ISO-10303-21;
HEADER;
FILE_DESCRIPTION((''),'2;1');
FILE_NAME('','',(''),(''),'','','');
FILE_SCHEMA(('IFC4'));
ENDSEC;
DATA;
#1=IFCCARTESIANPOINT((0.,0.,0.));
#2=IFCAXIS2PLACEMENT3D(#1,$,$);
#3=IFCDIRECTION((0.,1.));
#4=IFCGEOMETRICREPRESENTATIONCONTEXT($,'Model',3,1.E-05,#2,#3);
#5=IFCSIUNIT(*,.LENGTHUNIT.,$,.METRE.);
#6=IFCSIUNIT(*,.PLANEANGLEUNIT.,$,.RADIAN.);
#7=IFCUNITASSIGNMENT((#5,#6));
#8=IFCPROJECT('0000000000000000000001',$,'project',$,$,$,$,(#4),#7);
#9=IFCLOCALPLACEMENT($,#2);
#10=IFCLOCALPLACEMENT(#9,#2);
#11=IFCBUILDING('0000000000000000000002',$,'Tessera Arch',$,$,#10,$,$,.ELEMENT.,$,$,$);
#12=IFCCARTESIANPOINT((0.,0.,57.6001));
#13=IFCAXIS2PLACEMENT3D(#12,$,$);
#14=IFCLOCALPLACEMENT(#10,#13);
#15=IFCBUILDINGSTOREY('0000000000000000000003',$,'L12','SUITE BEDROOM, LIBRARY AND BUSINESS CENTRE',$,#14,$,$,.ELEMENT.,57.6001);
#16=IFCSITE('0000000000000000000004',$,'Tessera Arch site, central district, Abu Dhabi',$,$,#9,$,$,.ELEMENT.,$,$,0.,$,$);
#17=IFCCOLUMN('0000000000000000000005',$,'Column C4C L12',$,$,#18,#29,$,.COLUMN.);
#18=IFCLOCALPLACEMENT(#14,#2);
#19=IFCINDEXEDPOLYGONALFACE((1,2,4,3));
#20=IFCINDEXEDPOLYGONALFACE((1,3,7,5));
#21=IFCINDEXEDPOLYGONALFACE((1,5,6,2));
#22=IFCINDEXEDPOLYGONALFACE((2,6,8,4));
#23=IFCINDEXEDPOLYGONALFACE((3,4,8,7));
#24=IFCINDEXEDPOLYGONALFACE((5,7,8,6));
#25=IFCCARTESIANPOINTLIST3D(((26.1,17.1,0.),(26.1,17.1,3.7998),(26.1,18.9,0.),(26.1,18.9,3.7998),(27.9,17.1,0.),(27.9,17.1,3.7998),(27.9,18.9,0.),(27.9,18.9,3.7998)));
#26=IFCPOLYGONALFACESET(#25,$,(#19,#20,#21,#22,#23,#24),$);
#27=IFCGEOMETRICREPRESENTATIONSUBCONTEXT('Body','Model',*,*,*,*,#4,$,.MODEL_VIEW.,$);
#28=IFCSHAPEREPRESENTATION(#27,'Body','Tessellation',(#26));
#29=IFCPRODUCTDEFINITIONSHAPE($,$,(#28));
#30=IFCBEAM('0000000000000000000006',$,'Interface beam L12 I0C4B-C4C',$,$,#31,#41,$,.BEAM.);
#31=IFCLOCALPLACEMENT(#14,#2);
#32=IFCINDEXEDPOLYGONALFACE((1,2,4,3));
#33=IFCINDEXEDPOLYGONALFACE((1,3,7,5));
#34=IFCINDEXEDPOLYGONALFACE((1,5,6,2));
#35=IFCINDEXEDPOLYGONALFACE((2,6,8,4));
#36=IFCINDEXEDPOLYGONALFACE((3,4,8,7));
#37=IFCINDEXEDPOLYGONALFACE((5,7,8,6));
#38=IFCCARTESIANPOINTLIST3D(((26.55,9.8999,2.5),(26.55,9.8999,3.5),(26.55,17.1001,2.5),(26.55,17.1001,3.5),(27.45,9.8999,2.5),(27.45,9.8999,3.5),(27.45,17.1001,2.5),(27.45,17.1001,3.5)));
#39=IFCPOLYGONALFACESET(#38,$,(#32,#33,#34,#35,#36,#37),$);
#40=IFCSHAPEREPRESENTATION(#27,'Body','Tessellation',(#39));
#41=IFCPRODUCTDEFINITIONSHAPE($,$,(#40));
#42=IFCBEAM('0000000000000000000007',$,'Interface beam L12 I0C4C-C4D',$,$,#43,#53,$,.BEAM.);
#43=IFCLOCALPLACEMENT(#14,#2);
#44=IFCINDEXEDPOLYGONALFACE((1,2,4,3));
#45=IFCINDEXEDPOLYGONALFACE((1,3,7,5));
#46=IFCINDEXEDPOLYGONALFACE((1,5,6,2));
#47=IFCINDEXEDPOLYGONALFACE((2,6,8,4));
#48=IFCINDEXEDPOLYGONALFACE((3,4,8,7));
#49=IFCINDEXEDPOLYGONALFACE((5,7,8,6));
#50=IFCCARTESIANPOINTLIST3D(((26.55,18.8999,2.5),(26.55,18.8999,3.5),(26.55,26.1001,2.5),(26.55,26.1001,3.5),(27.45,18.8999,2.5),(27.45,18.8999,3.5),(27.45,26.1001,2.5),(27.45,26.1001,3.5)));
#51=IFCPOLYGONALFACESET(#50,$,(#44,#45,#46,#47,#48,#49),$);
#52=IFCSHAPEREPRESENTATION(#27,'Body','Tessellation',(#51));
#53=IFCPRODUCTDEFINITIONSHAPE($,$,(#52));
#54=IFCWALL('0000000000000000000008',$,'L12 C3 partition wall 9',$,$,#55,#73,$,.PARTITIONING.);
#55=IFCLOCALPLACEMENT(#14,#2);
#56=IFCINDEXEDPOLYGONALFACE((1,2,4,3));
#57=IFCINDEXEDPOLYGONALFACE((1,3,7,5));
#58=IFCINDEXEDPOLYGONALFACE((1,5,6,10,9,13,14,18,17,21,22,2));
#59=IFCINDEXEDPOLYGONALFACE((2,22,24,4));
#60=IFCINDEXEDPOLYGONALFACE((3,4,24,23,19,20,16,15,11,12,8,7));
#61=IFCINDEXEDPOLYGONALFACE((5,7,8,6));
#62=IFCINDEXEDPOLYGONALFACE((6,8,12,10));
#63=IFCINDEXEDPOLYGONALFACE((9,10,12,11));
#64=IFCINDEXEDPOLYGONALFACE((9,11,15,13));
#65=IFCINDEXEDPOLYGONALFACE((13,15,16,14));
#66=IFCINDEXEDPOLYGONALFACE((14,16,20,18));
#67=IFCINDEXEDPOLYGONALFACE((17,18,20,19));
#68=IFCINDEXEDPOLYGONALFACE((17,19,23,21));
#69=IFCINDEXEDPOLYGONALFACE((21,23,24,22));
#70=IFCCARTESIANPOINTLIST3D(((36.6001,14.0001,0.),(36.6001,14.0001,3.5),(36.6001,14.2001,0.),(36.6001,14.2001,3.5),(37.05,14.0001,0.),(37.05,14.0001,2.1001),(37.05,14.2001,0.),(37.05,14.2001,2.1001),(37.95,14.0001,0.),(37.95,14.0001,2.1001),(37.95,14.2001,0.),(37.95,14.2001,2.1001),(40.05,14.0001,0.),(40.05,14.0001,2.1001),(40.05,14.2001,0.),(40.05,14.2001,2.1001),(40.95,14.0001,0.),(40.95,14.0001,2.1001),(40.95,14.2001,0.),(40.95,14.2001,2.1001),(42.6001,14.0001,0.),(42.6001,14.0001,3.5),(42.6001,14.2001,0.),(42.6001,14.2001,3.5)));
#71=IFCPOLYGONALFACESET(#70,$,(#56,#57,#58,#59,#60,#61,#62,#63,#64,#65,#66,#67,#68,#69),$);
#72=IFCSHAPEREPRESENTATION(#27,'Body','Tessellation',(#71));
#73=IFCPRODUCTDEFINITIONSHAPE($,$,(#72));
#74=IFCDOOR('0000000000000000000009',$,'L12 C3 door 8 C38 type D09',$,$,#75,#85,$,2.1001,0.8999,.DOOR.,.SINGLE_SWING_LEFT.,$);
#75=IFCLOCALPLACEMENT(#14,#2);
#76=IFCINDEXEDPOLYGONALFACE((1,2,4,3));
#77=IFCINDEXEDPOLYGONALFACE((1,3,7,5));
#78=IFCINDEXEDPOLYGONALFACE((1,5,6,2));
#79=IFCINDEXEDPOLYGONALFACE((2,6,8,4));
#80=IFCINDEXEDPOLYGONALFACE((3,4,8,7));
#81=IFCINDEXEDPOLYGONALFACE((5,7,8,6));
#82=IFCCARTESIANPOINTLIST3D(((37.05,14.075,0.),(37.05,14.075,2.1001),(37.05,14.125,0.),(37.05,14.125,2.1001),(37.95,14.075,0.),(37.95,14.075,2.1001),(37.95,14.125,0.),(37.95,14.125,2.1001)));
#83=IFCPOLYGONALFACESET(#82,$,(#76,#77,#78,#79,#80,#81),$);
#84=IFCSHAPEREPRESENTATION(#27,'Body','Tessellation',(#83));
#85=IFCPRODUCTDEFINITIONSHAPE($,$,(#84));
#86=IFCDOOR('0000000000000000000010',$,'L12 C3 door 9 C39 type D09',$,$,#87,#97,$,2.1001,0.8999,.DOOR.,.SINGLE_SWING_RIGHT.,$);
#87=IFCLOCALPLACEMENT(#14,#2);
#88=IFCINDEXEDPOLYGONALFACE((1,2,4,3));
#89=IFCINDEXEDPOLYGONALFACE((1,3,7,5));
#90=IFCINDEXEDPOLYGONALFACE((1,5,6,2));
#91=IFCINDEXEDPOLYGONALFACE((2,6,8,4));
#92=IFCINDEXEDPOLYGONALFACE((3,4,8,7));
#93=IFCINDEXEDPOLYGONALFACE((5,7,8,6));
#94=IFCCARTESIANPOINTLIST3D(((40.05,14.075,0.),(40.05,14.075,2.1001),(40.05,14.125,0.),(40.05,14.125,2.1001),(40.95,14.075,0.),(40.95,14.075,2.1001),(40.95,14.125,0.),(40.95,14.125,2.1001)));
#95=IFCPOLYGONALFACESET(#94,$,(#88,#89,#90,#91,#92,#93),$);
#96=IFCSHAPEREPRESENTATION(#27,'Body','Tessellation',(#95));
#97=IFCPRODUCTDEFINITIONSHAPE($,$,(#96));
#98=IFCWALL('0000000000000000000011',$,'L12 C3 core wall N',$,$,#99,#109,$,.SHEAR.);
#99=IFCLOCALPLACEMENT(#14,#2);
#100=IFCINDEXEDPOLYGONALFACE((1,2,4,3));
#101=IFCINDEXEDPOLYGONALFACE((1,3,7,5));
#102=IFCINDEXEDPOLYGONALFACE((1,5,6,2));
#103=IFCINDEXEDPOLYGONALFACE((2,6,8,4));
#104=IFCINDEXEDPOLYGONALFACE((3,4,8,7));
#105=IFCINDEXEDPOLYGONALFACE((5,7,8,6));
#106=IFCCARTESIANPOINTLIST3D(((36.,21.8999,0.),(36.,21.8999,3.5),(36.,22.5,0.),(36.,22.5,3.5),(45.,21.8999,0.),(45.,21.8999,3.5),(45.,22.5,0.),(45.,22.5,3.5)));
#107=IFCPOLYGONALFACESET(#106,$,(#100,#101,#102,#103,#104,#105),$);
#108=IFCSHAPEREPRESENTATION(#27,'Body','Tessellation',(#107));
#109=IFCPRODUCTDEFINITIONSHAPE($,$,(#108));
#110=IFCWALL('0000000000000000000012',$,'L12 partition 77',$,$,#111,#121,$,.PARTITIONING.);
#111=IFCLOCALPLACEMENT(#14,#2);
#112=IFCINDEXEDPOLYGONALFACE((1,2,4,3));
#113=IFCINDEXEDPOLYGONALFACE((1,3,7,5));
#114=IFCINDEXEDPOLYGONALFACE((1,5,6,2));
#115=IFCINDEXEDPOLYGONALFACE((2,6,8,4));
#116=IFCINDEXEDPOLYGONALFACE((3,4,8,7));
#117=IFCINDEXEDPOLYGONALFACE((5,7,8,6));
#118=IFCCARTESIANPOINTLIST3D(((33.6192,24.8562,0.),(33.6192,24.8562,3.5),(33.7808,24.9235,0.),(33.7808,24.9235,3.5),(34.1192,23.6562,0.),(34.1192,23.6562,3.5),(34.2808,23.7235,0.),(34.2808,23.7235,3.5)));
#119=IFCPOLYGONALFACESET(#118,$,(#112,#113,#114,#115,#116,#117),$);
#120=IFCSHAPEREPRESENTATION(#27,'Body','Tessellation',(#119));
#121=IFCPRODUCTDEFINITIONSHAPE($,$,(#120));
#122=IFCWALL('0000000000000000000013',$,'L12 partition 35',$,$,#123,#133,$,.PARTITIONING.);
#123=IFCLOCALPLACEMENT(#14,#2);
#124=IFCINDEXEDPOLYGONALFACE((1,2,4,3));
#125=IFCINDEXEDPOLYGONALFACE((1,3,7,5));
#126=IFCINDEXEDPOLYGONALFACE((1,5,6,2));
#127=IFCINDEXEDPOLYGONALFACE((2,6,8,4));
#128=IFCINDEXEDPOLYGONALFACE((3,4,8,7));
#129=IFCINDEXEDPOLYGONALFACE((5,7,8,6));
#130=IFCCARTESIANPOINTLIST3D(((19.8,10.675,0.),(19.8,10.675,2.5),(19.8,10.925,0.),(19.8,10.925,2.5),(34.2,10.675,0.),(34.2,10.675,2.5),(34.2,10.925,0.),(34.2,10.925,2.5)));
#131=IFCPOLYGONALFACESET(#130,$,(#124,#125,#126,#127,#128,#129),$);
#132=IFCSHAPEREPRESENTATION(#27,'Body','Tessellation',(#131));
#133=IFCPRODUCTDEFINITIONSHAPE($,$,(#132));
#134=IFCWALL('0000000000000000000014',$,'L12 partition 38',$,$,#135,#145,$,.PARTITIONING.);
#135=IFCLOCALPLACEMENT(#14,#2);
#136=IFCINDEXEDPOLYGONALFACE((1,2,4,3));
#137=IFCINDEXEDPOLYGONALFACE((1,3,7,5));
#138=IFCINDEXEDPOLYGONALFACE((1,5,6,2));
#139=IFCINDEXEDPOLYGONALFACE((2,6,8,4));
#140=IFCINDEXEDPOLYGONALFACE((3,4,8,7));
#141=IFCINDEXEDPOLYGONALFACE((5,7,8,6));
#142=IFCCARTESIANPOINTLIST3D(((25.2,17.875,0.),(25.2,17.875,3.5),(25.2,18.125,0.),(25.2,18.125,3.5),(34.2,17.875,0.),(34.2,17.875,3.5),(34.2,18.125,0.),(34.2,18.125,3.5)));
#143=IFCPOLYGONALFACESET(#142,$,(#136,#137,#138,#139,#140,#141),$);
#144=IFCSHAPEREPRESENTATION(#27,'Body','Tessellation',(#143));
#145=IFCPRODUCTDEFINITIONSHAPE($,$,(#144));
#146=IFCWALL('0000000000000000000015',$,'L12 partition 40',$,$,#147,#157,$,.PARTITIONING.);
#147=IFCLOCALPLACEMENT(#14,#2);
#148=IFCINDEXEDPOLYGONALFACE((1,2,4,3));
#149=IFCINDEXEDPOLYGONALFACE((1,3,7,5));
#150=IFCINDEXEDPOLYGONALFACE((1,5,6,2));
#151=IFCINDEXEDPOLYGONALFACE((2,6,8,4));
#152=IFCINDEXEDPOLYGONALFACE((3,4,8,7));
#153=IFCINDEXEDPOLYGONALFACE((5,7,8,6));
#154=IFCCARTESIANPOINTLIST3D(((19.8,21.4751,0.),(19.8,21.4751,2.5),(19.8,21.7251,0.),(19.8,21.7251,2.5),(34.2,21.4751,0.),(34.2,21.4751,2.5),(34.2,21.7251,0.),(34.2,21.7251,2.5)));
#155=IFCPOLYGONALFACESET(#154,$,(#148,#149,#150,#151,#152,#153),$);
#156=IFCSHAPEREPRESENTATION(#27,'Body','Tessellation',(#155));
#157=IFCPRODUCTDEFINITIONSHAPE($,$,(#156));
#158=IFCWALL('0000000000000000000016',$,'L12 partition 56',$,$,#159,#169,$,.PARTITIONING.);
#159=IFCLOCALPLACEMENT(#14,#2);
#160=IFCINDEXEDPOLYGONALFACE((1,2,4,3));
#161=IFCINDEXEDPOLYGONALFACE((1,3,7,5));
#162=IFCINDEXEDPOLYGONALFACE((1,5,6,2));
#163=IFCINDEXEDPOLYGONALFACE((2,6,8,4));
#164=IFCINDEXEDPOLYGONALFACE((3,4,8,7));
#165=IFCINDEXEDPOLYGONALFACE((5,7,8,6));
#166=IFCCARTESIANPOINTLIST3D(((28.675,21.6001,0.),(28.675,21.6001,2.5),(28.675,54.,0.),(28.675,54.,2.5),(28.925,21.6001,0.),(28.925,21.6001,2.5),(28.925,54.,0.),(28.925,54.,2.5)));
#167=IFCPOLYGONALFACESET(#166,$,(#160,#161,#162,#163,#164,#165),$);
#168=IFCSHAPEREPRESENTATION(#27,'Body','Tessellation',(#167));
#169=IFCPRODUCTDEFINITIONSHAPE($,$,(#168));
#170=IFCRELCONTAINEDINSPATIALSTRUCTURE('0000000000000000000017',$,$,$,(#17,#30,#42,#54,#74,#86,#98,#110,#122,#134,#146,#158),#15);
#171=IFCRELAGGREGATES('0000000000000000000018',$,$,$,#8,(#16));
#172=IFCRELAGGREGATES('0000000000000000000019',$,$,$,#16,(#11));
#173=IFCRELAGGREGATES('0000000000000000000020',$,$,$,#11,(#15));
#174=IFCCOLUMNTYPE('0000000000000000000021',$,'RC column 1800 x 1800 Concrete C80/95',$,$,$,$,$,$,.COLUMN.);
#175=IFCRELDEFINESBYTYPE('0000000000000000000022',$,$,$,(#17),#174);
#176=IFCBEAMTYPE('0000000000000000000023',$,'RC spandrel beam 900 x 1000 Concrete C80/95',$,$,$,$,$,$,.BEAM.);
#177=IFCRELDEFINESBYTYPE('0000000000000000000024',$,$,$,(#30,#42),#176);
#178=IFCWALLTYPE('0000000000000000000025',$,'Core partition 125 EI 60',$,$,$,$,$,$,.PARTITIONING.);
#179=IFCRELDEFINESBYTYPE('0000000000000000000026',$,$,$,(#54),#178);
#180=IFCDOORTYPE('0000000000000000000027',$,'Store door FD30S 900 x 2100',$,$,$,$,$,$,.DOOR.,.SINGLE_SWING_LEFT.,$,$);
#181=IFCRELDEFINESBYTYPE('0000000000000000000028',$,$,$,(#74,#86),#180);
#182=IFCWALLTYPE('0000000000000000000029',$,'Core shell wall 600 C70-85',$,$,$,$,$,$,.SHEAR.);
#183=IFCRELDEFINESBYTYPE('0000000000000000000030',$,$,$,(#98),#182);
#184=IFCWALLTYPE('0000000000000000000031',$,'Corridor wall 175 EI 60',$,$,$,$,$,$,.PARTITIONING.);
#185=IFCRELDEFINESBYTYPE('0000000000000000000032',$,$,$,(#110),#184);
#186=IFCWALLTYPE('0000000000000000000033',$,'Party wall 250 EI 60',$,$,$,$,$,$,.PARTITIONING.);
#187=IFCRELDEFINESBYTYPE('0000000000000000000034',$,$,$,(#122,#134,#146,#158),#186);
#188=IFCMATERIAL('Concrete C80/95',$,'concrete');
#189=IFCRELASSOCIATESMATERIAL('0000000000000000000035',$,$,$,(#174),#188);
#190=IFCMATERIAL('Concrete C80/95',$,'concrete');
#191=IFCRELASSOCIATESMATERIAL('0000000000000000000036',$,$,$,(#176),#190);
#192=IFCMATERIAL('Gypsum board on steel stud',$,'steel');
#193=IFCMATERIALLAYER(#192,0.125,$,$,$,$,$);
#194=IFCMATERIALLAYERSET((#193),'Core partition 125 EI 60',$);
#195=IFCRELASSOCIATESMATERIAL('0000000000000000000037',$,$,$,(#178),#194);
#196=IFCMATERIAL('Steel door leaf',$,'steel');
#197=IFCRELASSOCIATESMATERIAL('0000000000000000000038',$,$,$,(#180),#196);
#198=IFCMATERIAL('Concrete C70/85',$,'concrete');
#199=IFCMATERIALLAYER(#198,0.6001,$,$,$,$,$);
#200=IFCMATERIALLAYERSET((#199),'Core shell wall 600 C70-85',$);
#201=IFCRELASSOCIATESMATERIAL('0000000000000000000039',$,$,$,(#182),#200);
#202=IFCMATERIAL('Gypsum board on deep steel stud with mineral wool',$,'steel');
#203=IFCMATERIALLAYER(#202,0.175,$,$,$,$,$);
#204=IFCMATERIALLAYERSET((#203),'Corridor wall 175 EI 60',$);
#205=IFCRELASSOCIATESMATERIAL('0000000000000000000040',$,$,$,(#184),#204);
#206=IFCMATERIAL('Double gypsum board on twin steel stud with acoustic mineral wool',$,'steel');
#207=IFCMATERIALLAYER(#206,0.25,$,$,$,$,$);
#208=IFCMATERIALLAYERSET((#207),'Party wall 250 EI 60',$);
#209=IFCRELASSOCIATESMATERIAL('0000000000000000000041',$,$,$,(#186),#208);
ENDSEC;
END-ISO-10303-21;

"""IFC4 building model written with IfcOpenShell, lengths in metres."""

from ifc_helpers import new_model, si_unit, direction, frame, frame_2d, origin, origin_2d, place, context, subcontext, project, spatial, rectangle, extrude, material, layer, layer_set, material_profile, profile_set, type_object, element, fill, save


model = new_model("IFC4")

# Units and contexts
model_context = context("Model", 3, precision=1e-05, world=origin(), true_north=direction((0.0, 1.0)))
body_context = subcontext(model_context, "Body", "Model", "MODEL_VIEW")
ifc_project = project(units=[si_unit("LENGTHUNIT", "METRE"), si_unit("PLANEANGLEUNIT", "RADIAN")], contexts=[model_context])

# Site, building, storey
site_placement = place(None, origin())
site = spatial("IfcSite", under=ifc_project, at=site_placement, Name="Tessera Arch site, central district, Abu Dhabi", CompositionType="ELEMENT", RefElevation=0.0)
building_placement = place(site_placement, origin())
building = spatial("IfcBuilding", under=site, at=building_placement, Name="Tessera Arch", CompositionType="ELEMENT")
storey_placement = place(building_placement, frame((0.0, 0.0, 57.6001)))
storey = spatial("IfcBuildingStorey", under=building, at=storey_placement, Name="L12", Description="SUITE BEDROOM, LIBRARY AND BUSINESS CENTRE", CompositionType="ELEMENT", Elevation=57.6001)

# Column
ifc_material_1 = material(Name="Concrete C80/95", Category="concrete")
ifc_material_profile_1 = material_profile(ifc_material_1, rectangle(XDim=1.8, YDim=1.8, at=origin_2d()), Name="RC column 1800 x 1800 Concrete C80/95")
ifc_profile_set_1 = profile_set([ifc_material_profile_1], Name="Concrete C80/95")
column_type = type_object("IfcColumnType", Name="RC column 1800 x 1800 Concrete C80/95", PredefinedType="COLUMN", material=ifc_profile_set_1)
column_placement = place(storey_placement, frame((27.0, 18.0, 0.0), z_axis=(0.0, 0.0, 1.0), x_axis=(1.0, 0.0, 0.0)))
element("IfcColumn", 1, at=column_placement, inside=storey, type_object=column_type, Name="Column C4C L12", PredefinedType="COLUMN", context=body_context, shape_type="SweptSolid", body=[
    extrude(rectangle(XDim=1.8, YDim=1.8, at=origin_2d()), origin(), (0.0, 0.0, 1.0), 3.7998),
])

# Beams
ifc_material_2 = material(Name="Concrete C80/95", Category="concrete")
ifc_material_profile_2 = material_profile(ifc_material_2, rectangle(XDim=0.8999, YDim=1.0, at=origin_2d()), Name="RC spandrel beam 900 x 1000 Concrete C80/95")
ifc_profile_set_2 = profile_set([ifc_material_profile_2], Name="Concrete C80/95")
beam_type = type_object("IfcBeamType", Name="RC spandrel beam 900 x 1000 Concrete C80/95", PredefinedType="BEAM", material=ifc_profile_set_2)
for number, where, z_axis, x_axis, name in (
    (2, (27.0, 9.8999, 3.0), (0.0, 1.0, 0.0), (-1.0, 0.0, 0.0), "Interface beam L12 I0C4B-C4C"),
    (3, (27.0, 18.8999, 3.0), (0.0, 1.0, 0.0), (-1.0, 0.0, 0.0), "Interface beam L12 I0C4C-C4D"),
):
    element("IfcBeam", number, at=place(storey_placement, frame(where, z_axis=z_axis, x_axis=x_axis)), inside=storey, type_object=beam_type, Name=name, PredefinedType="BEAM", context=body_context, shape_type="SweptSolid", body=[
        extrude(rectangle(XDim=0.8999, YDim=1.0, at=origin_2d()), origin(), (0.0, 0.0, 1.0), 7.2002),
    ])

# Wall, openings, doors
ifc_material_3 = material(Name="Gypsum board on steel stud", Category="steel")
ifc_layer_1 = layer(ifc_material_3, 0.125)
ifc_layer_set_1 = layer_set([ifc_layer_1], Name="Core partition 125 EI 60")
wall_type_1 = type_object("IfcWallType", Name="Core partition 125 EI 60", PredefinedType="PARTITIONING", material=ifc_layer_set_1)
wall_1_placement = place(storey_placement, frame((36.6001, 14.1001, 0.0), z_axis=(0.0, 0.0, 1.0), x_axis=(1.0, 0.0, 0.0)))
wall_1 = element("IfcWall", 4, at=wall_1_placement, inside=storey, type_object=wall_type_1, Name="L12 C3 partition wall 9", PredefinedType="PARTITIONING", context=body_context, shape_type="SweptSolid", body=[
    extrude(rectangle(XDim=6.0, YDim=0.2, at=frame_2d((3.0, 0.0))), origin(), (0.0, 0.0, 1.0), 3.5),
])
opening_1_placement = place(wall_1_placement, frame((0.45, 0.0, 0.0)))
opening_1 = element("IfcOpeningElement", 5, at=opening_1_placement, cuts=wall_1, PredefinedType="OPENING", context=body_context, shape_type="SweptSolid", body=[
    extrude(rectangle(XDim=0.8999, YDim=2.1001, at=frame_2d((0.45, 1.05))), frame((0.0, 0.1099, 0.0), z_axis=(0.0, -1.0, 0.0), x_axis=(1.0, 0.0, 0.0)), (0.0, 0.0, 1.0), 0.22),
])
opening_2_placement = place(wall_1_placement, frame((3.45, 0.0, 0.0)))
opening_2 = element("IfcOpeningElement", 6, at=opening_2_placement, cuts=wall_1, PredefinedType="OPENING", context=body_context, shape_type="SweptSolid", body=[
    extrude(rectangle(XDim=0.8999, YDim=2.1001, at=frame_2d((0.45, 1.05))), frame((0.0, 0.1099, 0.0), z_axis=(0.0, -1.0, 0.0), x_axis=(1.0, 0.0, 0.0)), (0.0, 0.0, 1.0), 0.22),
])
ifc_material_4 = material(Name="Steel door leaf", Category="steel")
door_type_1 = type_object("IfcDoorType", Name="Store door FD30S 900 x 2100", OperationType="SINGLE_SWING_LEFT", PredefinedType="DOOR", material=ifc_material_4)
door_1_placement = place(opening_1_placement, origin())
door_1 = element("IfcDoor", 7, at=door_1_placement, inside=storey, type_object=door_type_1, Name="L12 C3 door 8 C38 type D09", OperationType="SINGLE_SWING_LEFT", OverallHeight=2.1001, OverallWidth=0.8999, PredefinedType="DOOR", context=body_context, shape_type="SweptSolid", body=[
    extrude(rectangle(XDim=0.8999, YDim=2.1001, at=frame_2d((0.45, 1.05))), frame((0.0, 0.0249, 0.0), z_axis=(0.0, -1.0, 0.0), x_axis=(1.0, 0.0, 0.0)), (0.0, 0.0, 1.0), 0.05),
])
fill(opening_1, door_1)
door_2_placement = place(opening_2_placement, origin())
door_2 = element("IfcDoor", 8, at=door_2_placement, inside=storey, type_object=door_type_1, Name="L12 C3 door 9 C39 type D09", OperationType="SINGLE_SWING_RIGHT", OverallHeight=2.1001, OverallWidth=0.8999, PredefinedType="DOOR", context=body_context, shape_type="SweptSolid", body=[
    extrude(rectangle(XDim=0.8999, YDim=2.1001, at=frame_2d((0.45, 1.05))), frame((0.0, 0.0249, 0.0), z_axis=(0.0, -1.0, 0.0), x_axis=(1.0, 0.0, 0.0)), (0.0, 0.0, 1.0), 0.05),
])
fill(opening_2, door_2)

# Walls
ifc_material_5 = material(Name="Concrete C70/85", Category="concrete")
ifc_layer_2 = layer(ifc_material_5, 0.6001)
ifc_layer_set_2 = layer_set([ifc_layer_2], Name="Core shell wall 600 C70-85")
wall_type_2 = type_object("IfcWallType", Name="Core shell wall 600 C70-85", PredefinedType="SHEAR", material=ifc_layer_set_2)
wall_2_placement = place(storey_placement, frame((36.0, 22.2, 0.0), z_axis=(0.0, 0.0, 1.0), x_axis=(1.0, 0.0, 0.0)))
element("IfcWall", 9, at=wall_2_placement, inside=storey, type_object=wall_type_2, Name="L12 C3 core wall N", PredefinedType="SHEAR", context=body_context, shape_type="SweptSolid", body=[
    extrude(rectangle(XDim=9.0, YDim=0.6001, at=frame_2d((4.5, 0.0))), origin(), (0.0, 0.0, 1.0), 3.5),
])
ifc_material_6 = material(Name="Gypsum board on deep steel stud with mineral wool", Category="steel")
ifc_layer_3 = layer(ifc_material_6, 0.175)
ifc_layer_set_3 = layer_set([ifc_layer_3], Name="Corridor wall 175 EI 60")
wall_type_3 = type_object("IfcWallType", Name="Corridor wall 175 EI 60", PredefinedType="PARTITIONING", material=ifc_layer_set_3)
wall_3_placement = place(storey_placement, frame((34.2, 23.6899, 0.0), z_axis=(0.0, 0.0, 1.0), x_axis=(-0.384629, 0.923071, 0.0)))
element("IfcWall", 10, at=wall_3_placement, inside=storey, type_object=wall_type_3, Name="L12 partition 77", PredefinedType="PARTITIONING", context=body_context, shape_type="SweptSolid", body=[
    extrude(rectangle(XDim=1.3, YDim=0.175, at=frame_2d((0.6499, 0.0))), origin(), (0.0, 0.0, 1.0), 3.5),
])
ifc_material_7 = material(Name="Double gypsum board on twin steel stud with acoustic mineral wool", Category="steel")
ifc_layer_4 = layer(ifc_material_7, 0.25)
ifc_layer_set_4 = layer_set([ifc_layer_4], Name="Party wall 250 EI 60")
wall_type_4 = type_object("IfcWallType", Name="Party wall 250 EI 60", PredefinedType="PARTITIONING", material=ifc_layer_set_4)
wall_4_placement = place(storey_placement, frame((19.8, 10.8, 0.0), z_axis=(0.0, 0.0, 1.0), x_axis=(1.0, 0.0, 0.0)))
element("IfcWall", 11, at=wall_4_placement, inside=storey, type_object=wall_type_4, Name="L12 partition 35", PredefinedType="PARTITIONING", context=body_context, shape_type="SweptSolid", body=[
    extrude(rectangle(XDim=14.3999, YDim=0.25, at=frame_2d((7.2, 0.0))), origin(), (0.0, 0.0, 1.0), 2.5),
])
wall_5_placement = place(storey_placement, frame((25.2, 18.0, 0.0), z_axis=(0.0, 0.0, 1.0), x_axis=(1.0, 0.0, 0.0)))
element("IfcWall", 12, at=wall_5_placement, inside=storey, type_object=wall_type_4, Name="L12 partition 38", PredefinedType="PARTITIONING", context=body_context, shape_type="SweptSolid", body=[
    extrude(rectangle(XDim=9.0, YDim=0.25, at=frame_2d((4.5, 0.0))), origin(), (0.0, 0.0, 1.0), 3.5),
])
wall_6_placement = place(storey_placement, frame((19.8, 21.6001, 0.0), z_axis=(0.0, 0.0, 1.0), x_axis=(1.0, 0.0, 0.0)))
element("IfcWall", 13, at=wall_6_placement, inside=storey, type_object=wall_type_4, Name="L12 partition 40", PredefinedType="PARTITIONING", context=body_context, shape_type="SweptSolid", body=[
    extrude(rectangle(XDim=14.3999, YDim=0.25, at=frame_2d((7.2, 0.0))), origin(), (0.0, 0.0, 1.0), 2.5),
])
wall_7_placement = place(storey_placement, frame((28.8, 21.6001, 0.0), z_axis=(0.0, 0.0, 1.0), x_axis=(0.0, 1.0, 0.0)))
element("IfcWall", 14, at=wall_7_placement, inside=storey, type_object=wall_type_4, Name="L12 partition 56", PredefinedType="PARTITIONING", context=body_context, shape_type="SweptSolid", body=[
    extrude(rectangle(XDim=32.3999, YDim=0.25, at=frame_2d((16.2, 0.0))), origin(), (0.0, 0.0, 1.0), 2.5),
])

save(model, "model.ifc")
